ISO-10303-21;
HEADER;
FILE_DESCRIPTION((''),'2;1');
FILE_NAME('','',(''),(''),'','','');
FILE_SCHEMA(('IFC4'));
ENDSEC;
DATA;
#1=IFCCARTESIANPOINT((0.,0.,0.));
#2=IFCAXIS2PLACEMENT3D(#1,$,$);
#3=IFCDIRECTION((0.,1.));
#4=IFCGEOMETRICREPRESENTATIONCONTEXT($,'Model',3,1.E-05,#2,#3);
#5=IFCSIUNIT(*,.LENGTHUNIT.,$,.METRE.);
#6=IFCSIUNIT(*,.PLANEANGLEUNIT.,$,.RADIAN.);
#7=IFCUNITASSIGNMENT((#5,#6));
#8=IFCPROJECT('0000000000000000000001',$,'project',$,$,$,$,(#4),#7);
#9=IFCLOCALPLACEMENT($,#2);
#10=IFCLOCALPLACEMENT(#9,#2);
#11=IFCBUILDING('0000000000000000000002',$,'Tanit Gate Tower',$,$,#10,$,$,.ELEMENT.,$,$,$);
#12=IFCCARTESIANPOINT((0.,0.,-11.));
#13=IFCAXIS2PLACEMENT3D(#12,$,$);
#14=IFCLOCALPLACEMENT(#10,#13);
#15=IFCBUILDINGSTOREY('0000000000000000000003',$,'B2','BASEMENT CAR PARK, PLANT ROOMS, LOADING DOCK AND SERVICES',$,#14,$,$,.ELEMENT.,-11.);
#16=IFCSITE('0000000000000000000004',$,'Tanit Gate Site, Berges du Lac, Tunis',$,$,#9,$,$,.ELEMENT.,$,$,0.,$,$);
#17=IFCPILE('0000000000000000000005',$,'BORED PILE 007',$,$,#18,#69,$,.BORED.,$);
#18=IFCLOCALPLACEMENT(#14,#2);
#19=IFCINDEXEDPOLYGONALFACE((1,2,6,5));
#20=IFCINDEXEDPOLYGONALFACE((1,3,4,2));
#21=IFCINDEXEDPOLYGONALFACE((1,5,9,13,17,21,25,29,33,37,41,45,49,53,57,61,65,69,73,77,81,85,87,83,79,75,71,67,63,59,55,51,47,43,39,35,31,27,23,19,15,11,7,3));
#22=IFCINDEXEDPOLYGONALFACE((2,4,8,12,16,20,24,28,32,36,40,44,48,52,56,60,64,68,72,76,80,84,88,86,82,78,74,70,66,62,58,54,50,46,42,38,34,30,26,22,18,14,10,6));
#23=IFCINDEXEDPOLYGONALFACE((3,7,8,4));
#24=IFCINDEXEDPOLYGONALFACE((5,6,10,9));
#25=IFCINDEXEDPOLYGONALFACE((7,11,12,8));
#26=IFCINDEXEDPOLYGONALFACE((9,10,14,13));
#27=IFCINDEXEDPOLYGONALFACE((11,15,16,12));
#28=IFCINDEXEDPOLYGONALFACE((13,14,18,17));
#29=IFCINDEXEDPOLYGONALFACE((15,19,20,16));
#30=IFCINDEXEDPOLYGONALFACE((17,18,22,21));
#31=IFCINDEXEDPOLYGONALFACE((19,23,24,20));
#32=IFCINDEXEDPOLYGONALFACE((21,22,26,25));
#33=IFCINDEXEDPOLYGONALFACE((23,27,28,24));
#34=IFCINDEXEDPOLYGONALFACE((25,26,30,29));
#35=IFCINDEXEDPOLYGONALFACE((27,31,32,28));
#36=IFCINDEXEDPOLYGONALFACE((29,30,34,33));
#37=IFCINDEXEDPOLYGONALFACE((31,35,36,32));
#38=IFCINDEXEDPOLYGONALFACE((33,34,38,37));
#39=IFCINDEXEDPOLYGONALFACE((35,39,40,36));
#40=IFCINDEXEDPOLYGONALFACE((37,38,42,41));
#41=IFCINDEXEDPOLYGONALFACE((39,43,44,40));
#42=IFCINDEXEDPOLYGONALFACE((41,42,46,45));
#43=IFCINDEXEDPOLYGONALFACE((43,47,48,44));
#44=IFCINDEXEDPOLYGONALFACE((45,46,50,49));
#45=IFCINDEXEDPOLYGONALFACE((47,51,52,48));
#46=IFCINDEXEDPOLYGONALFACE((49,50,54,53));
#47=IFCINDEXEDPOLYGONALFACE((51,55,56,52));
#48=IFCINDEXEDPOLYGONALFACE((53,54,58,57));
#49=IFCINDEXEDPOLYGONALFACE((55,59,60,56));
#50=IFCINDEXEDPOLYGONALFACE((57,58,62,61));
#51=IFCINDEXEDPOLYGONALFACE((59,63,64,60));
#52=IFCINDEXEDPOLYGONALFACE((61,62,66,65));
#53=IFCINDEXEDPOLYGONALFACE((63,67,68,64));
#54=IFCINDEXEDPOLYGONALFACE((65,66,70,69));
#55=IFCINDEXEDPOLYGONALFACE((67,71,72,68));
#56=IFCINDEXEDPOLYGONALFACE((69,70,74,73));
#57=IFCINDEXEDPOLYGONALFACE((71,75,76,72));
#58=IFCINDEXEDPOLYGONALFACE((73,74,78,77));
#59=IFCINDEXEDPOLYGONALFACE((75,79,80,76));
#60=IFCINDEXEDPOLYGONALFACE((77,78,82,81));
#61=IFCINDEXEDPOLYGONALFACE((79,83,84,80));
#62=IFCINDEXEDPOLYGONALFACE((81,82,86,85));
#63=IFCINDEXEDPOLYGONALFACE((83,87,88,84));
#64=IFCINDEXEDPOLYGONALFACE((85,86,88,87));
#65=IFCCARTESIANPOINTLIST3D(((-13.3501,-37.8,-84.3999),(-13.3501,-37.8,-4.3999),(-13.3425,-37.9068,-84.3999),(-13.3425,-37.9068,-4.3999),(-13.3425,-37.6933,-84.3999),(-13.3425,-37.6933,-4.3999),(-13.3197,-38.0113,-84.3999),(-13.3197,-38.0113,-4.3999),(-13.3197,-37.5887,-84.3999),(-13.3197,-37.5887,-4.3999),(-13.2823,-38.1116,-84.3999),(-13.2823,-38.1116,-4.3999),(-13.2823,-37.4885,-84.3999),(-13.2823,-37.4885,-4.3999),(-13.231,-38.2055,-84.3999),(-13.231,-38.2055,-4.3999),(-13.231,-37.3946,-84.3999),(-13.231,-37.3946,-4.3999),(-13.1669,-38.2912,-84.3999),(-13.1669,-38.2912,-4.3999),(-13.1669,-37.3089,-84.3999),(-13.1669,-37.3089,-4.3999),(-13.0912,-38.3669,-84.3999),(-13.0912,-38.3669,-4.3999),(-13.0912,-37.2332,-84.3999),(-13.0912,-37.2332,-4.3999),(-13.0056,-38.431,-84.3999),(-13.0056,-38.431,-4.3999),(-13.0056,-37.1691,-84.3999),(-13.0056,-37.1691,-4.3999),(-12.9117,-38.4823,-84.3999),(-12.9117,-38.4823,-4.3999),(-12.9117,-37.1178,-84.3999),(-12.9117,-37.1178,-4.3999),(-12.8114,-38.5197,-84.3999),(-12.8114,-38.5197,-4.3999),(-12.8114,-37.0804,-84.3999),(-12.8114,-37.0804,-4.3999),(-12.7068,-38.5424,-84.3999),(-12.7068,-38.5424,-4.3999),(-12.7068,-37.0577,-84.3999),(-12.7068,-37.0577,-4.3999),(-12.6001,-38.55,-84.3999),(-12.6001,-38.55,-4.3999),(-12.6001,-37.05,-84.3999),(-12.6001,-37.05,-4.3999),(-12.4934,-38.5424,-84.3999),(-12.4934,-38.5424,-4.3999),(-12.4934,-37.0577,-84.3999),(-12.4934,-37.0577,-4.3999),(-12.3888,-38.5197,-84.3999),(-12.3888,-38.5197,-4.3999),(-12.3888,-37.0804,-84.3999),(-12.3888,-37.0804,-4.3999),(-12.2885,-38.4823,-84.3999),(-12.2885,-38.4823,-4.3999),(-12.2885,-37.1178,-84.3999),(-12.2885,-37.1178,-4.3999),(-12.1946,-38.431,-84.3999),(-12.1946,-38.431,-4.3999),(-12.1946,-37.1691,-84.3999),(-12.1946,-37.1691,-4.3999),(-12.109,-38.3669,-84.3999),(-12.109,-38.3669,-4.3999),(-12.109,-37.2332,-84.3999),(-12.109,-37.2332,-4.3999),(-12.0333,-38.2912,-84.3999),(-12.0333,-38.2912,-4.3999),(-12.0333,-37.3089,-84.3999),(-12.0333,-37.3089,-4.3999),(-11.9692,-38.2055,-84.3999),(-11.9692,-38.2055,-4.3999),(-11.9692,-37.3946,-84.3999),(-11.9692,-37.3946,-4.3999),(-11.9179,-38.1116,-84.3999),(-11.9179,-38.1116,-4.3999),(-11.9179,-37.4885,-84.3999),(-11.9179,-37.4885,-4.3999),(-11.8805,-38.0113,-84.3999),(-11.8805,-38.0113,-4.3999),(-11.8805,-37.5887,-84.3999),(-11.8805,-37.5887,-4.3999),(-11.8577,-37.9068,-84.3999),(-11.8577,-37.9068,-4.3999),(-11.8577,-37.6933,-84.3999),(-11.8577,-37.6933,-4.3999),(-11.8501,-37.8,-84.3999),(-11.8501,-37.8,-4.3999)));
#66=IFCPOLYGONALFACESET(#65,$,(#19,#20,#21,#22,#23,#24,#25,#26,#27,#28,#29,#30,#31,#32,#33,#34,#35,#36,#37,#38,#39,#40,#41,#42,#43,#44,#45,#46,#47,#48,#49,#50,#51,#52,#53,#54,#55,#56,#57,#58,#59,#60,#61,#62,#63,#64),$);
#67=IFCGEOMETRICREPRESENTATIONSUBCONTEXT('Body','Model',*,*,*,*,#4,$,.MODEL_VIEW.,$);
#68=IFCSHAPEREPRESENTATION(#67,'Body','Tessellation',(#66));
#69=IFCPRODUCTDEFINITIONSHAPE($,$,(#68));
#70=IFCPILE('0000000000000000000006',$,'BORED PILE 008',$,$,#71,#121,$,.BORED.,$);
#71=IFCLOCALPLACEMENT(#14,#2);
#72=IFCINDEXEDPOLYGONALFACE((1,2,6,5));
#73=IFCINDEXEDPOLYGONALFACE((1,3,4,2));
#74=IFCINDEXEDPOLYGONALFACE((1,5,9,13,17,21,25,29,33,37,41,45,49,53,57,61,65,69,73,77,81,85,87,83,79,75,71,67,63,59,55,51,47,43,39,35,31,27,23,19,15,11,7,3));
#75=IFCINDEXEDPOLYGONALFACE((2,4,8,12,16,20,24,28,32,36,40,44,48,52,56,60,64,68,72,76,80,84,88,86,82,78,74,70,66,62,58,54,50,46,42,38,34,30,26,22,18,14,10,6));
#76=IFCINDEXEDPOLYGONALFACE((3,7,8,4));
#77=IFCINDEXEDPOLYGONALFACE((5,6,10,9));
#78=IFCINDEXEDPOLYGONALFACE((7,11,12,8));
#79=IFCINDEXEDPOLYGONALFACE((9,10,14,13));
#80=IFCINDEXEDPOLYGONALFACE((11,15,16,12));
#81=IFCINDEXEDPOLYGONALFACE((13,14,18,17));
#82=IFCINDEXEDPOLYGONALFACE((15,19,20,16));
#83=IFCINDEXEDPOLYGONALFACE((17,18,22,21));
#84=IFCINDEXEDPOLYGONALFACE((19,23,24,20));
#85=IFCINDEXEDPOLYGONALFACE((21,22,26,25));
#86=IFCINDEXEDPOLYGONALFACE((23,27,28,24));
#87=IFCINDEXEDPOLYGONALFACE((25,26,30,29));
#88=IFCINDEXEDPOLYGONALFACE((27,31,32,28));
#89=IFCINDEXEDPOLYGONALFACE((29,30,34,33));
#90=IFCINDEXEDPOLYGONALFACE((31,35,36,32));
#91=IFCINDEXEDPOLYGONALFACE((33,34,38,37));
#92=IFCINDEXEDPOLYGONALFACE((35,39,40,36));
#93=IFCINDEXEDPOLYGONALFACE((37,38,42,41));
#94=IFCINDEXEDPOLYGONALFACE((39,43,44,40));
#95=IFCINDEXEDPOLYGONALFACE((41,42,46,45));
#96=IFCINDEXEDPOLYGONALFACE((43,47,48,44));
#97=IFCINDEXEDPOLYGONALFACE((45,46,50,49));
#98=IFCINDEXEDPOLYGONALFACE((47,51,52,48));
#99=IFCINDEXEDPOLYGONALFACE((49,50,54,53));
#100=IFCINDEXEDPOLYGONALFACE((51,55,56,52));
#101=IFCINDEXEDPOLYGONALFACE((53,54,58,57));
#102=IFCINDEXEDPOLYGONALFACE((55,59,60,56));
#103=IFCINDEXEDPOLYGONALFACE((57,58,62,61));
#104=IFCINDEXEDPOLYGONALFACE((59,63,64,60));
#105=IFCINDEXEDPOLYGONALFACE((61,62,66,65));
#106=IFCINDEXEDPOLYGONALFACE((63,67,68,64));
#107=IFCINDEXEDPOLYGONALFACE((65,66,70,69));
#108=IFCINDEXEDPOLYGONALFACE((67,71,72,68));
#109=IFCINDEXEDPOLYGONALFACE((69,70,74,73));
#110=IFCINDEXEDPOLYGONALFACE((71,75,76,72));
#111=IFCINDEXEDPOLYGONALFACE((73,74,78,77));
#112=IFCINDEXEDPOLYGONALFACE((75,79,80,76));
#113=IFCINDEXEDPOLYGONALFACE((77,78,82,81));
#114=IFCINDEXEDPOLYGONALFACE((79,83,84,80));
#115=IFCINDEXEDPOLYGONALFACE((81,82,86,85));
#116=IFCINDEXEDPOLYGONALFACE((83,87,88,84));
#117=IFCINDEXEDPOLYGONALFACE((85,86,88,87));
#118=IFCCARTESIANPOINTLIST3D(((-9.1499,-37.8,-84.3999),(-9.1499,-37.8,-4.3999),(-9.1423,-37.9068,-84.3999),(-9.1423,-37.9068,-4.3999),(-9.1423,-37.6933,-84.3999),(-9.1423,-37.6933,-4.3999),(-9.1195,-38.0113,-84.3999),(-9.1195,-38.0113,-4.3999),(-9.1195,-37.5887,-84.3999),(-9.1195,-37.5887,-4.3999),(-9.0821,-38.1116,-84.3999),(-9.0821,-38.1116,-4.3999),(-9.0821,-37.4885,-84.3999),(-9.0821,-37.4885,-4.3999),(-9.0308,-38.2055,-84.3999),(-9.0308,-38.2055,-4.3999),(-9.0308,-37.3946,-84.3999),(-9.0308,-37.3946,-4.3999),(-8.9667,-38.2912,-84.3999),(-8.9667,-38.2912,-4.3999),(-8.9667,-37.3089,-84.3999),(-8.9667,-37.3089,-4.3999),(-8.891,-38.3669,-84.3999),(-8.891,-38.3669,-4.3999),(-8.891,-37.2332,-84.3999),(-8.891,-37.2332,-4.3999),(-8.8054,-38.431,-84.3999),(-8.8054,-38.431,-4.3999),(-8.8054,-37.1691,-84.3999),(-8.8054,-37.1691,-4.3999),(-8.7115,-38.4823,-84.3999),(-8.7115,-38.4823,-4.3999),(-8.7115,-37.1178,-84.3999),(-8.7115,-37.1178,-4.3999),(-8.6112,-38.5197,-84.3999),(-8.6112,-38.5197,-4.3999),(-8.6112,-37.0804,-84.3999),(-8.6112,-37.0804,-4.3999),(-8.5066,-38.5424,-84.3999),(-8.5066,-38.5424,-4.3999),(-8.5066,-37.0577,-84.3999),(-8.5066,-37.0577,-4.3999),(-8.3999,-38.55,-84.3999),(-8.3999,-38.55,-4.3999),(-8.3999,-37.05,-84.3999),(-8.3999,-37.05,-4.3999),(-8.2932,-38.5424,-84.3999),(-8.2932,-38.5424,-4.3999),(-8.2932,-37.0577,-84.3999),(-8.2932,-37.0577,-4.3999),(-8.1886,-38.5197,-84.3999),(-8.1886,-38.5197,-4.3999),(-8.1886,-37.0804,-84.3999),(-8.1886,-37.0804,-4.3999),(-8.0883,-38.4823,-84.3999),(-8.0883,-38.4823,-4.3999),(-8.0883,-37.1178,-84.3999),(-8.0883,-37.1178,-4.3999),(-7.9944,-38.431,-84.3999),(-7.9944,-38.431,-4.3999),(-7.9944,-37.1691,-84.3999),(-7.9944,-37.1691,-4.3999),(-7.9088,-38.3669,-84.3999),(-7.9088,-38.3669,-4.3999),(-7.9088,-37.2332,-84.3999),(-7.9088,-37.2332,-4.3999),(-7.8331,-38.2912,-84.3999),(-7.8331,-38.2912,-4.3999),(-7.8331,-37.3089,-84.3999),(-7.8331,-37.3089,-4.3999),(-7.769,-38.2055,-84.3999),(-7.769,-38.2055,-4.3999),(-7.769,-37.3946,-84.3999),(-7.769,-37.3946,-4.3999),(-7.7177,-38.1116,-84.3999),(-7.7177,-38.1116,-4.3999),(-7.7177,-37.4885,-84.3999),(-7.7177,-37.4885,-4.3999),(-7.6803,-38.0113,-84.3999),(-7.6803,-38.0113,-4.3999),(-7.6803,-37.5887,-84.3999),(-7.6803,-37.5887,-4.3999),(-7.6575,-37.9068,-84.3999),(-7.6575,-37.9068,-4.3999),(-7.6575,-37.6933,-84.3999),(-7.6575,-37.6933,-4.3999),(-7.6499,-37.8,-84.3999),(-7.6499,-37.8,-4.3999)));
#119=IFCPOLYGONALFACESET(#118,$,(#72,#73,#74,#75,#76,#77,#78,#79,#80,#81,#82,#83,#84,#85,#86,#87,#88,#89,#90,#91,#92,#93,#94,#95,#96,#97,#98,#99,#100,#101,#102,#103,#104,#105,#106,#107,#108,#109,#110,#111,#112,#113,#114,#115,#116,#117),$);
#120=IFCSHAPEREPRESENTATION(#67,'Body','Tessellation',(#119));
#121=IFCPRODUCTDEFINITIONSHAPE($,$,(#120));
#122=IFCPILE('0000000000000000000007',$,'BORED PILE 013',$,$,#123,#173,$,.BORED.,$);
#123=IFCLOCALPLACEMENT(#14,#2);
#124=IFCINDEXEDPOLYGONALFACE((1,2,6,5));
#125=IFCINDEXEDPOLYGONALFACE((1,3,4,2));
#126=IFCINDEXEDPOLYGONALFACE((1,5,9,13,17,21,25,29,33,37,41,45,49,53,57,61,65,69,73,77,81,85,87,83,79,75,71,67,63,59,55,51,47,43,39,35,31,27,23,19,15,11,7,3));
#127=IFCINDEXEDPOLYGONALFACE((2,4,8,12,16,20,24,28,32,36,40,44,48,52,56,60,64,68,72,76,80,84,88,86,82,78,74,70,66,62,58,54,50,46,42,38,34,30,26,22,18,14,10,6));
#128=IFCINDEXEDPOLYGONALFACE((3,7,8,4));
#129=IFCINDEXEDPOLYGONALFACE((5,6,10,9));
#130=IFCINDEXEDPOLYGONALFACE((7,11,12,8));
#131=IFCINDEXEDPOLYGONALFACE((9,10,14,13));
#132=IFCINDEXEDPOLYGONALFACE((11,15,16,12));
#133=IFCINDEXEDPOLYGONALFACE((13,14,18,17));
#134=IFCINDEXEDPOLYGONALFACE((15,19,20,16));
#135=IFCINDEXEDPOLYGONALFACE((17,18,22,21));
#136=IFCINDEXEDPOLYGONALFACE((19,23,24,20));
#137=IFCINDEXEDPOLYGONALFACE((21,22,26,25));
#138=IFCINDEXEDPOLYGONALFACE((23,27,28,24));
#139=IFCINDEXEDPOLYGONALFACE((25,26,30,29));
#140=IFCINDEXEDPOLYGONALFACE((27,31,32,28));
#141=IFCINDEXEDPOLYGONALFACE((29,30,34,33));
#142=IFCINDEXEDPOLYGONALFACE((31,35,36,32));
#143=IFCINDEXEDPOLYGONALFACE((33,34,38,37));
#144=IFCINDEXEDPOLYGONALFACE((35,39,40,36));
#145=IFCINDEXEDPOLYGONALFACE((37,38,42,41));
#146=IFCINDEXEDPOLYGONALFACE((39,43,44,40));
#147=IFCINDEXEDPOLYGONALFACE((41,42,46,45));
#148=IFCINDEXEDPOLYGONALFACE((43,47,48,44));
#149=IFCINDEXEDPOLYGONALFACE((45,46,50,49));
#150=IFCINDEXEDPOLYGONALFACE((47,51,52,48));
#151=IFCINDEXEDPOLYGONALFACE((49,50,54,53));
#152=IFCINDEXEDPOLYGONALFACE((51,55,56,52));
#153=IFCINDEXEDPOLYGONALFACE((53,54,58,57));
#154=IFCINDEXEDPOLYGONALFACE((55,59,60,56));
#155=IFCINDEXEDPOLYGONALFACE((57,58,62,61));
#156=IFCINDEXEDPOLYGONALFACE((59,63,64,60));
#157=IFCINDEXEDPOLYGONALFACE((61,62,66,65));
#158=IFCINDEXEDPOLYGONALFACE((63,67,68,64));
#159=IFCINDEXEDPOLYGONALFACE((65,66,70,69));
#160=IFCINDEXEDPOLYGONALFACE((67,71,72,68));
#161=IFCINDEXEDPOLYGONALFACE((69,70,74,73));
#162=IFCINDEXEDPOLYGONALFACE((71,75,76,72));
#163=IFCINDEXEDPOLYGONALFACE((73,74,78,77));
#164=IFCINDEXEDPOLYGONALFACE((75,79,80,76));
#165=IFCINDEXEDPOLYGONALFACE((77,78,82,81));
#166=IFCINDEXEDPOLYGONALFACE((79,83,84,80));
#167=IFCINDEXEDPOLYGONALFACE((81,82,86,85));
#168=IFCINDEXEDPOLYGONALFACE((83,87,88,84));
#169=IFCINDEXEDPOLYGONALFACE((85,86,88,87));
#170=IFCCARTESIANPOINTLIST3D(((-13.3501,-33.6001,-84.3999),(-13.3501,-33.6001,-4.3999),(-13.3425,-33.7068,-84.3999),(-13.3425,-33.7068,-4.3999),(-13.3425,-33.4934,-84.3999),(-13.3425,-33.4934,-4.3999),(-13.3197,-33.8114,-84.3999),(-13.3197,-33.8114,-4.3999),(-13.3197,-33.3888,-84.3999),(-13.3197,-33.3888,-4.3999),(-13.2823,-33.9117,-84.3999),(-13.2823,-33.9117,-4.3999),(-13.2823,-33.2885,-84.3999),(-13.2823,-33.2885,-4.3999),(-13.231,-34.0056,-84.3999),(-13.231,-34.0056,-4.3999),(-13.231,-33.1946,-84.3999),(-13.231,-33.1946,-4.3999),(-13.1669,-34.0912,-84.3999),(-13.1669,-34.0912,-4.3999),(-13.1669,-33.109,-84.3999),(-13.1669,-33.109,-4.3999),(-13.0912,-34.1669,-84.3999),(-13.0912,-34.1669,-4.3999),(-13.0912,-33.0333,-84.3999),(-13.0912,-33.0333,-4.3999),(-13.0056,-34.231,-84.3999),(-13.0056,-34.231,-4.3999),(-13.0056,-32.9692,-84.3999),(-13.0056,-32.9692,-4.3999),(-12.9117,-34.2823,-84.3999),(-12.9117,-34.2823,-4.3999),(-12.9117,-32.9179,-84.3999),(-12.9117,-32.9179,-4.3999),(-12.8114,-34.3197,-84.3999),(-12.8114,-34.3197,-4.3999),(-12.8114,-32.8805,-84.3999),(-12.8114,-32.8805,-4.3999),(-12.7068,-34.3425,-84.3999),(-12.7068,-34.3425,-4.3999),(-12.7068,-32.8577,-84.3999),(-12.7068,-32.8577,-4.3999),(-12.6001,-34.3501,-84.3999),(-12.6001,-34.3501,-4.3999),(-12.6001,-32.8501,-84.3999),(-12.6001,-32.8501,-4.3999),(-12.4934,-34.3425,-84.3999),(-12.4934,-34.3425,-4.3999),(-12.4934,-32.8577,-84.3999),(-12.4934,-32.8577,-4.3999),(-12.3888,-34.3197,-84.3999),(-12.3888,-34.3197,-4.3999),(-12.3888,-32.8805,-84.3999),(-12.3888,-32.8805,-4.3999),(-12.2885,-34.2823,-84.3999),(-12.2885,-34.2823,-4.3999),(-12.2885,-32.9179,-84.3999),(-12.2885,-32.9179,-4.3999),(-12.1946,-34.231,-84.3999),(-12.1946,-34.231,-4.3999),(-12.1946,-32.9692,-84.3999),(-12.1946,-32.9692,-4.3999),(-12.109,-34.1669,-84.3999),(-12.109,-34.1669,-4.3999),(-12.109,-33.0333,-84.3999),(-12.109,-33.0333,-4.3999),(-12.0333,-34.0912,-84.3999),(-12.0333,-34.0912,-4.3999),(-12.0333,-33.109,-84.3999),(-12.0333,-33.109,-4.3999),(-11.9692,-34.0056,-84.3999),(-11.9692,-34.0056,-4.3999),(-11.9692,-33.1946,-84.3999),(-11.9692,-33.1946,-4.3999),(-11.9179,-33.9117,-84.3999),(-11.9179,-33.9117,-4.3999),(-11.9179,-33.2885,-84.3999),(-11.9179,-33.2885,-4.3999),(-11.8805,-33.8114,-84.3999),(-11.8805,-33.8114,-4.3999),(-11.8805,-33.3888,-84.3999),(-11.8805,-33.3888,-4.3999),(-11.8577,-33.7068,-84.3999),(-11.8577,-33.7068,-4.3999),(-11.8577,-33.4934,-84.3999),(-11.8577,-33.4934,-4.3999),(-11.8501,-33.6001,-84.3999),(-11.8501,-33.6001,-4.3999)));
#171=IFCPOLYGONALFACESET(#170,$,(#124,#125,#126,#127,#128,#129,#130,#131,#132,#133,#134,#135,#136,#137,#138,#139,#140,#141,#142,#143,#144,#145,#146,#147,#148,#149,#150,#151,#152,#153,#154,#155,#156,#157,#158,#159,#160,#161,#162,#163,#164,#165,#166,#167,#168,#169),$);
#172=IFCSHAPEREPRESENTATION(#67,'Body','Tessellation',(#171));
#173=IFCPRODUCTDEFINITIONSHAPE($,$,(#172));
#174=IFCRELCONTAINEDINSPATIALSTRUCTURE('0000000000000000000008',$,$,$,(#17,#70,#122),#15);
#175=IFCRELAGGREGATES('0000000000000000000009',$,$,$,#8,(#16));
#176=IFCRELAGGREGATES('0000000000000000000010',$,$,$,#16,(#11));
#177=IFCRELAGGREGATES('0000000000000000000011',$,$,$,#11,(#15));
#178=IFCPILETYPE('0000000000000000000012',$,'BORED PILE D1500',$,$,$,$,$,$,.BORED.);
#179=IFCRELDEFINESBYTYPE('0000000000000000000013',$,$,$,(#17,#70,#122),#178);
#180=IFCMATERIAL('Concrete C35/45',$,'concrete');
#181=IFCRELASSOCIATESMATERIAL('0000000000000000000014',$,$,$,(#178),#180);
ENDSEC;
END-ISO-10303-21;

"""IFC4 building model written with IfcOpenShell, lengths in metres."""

from ifc_helpers import new_model, si_unit, direction, frame, origin, origin_2d, place, context, subcontext, project, spatial, circle, extrude, material, material_profile, profile_set, type_object, element, save


model = new_model("IFC4")

# Units and contexts
model_context = context("Model", 3, precision=1e-05, world=origin(), true_north=direction((0.0, 1.0)))
body_context = subcontext(model_context, "Body", "Model", "MODEL_VIEW")
ifc_project = project(units=[si_unit("LENGTHUNIT", "METRE"), si_unit("PLANEANGLEUNIT", "RADIAN")], contexts=[model_context])

# Site, building, storey
site_placement = place(None, origin())
site = spatial("IfcSite", under=ifc_project, at=site_placement, Name="Tanit Gate Site, Berges du Lac, Tunis", CompositionType="ELEMENT", RefElevation=0.0)
building_placement = place(site_placement, origin())
building = spatial("IfcBuilding", under=site, at=building_placement, Name="Tanit Gate Tower", CompositionType="ELEMENT")
storey_placement = place(building_placement, frame((0.0, 0.0, -11.0)))
storey = spatial("IfcBuildingStorey", under=building, at=storey_placement, Name="B2", Description="BASEMENT CAR PARK, PLANT ROOMS, LOADING DOCK AND SERVICES", CompositionType="ELEMENT", Elevation=-11.0)

# Piles
ifc_material_1 = material(Name="Concrete C35/45", Category="concrete")
ifc_material_profile_1 = material_profile(ifc_material_1, circle(Radius=0.75, at=origin_2d()), Name="BORED PILE D1500 C35/45")
ifc_profile_set_1 = profile_set([ifc_material_profile_1], Name="Concrete C35/45")
pile_type = type_object("IfcPileType", Name="BORED PILE D1500", PredefinedType="BORED", material=ifc_profile_set_1)
for number, where, z_axis, x_axis, name in (
    (1, (-12.6001, -37.8, -4.3999), (0.0, 0.0, -1.0), (1.0, 0.0, 0.0), "BORED PILE 007"),
    (2, (-8.3999, -37.8, -4.3999), (0.0, 0.0, -1.0), (1.0, 0.0, 0.0), "BORED PILE 008"),
    (3, (-12.6001, -33.6001, -4.3999), (0.0, 0.0, -1.0), (1.0, 0.0, 0.0), "BORED PILE 013"),
):
    element("IfcPile", number, at=place(storey_placement, frame(where, z_axis=z_axis, x_axis=x_axis)), inside=storey, type_object=pile_type, Name=name, PredefinedType="BORED", context=body_context, shape_type="SweptSolid", body=[
        extrude(circle(Radius=0.75, at=origin_2d()), origin(), (0.0, 0.0, 1.0), 80.0),
    ])

save(model, "model.ifc")
